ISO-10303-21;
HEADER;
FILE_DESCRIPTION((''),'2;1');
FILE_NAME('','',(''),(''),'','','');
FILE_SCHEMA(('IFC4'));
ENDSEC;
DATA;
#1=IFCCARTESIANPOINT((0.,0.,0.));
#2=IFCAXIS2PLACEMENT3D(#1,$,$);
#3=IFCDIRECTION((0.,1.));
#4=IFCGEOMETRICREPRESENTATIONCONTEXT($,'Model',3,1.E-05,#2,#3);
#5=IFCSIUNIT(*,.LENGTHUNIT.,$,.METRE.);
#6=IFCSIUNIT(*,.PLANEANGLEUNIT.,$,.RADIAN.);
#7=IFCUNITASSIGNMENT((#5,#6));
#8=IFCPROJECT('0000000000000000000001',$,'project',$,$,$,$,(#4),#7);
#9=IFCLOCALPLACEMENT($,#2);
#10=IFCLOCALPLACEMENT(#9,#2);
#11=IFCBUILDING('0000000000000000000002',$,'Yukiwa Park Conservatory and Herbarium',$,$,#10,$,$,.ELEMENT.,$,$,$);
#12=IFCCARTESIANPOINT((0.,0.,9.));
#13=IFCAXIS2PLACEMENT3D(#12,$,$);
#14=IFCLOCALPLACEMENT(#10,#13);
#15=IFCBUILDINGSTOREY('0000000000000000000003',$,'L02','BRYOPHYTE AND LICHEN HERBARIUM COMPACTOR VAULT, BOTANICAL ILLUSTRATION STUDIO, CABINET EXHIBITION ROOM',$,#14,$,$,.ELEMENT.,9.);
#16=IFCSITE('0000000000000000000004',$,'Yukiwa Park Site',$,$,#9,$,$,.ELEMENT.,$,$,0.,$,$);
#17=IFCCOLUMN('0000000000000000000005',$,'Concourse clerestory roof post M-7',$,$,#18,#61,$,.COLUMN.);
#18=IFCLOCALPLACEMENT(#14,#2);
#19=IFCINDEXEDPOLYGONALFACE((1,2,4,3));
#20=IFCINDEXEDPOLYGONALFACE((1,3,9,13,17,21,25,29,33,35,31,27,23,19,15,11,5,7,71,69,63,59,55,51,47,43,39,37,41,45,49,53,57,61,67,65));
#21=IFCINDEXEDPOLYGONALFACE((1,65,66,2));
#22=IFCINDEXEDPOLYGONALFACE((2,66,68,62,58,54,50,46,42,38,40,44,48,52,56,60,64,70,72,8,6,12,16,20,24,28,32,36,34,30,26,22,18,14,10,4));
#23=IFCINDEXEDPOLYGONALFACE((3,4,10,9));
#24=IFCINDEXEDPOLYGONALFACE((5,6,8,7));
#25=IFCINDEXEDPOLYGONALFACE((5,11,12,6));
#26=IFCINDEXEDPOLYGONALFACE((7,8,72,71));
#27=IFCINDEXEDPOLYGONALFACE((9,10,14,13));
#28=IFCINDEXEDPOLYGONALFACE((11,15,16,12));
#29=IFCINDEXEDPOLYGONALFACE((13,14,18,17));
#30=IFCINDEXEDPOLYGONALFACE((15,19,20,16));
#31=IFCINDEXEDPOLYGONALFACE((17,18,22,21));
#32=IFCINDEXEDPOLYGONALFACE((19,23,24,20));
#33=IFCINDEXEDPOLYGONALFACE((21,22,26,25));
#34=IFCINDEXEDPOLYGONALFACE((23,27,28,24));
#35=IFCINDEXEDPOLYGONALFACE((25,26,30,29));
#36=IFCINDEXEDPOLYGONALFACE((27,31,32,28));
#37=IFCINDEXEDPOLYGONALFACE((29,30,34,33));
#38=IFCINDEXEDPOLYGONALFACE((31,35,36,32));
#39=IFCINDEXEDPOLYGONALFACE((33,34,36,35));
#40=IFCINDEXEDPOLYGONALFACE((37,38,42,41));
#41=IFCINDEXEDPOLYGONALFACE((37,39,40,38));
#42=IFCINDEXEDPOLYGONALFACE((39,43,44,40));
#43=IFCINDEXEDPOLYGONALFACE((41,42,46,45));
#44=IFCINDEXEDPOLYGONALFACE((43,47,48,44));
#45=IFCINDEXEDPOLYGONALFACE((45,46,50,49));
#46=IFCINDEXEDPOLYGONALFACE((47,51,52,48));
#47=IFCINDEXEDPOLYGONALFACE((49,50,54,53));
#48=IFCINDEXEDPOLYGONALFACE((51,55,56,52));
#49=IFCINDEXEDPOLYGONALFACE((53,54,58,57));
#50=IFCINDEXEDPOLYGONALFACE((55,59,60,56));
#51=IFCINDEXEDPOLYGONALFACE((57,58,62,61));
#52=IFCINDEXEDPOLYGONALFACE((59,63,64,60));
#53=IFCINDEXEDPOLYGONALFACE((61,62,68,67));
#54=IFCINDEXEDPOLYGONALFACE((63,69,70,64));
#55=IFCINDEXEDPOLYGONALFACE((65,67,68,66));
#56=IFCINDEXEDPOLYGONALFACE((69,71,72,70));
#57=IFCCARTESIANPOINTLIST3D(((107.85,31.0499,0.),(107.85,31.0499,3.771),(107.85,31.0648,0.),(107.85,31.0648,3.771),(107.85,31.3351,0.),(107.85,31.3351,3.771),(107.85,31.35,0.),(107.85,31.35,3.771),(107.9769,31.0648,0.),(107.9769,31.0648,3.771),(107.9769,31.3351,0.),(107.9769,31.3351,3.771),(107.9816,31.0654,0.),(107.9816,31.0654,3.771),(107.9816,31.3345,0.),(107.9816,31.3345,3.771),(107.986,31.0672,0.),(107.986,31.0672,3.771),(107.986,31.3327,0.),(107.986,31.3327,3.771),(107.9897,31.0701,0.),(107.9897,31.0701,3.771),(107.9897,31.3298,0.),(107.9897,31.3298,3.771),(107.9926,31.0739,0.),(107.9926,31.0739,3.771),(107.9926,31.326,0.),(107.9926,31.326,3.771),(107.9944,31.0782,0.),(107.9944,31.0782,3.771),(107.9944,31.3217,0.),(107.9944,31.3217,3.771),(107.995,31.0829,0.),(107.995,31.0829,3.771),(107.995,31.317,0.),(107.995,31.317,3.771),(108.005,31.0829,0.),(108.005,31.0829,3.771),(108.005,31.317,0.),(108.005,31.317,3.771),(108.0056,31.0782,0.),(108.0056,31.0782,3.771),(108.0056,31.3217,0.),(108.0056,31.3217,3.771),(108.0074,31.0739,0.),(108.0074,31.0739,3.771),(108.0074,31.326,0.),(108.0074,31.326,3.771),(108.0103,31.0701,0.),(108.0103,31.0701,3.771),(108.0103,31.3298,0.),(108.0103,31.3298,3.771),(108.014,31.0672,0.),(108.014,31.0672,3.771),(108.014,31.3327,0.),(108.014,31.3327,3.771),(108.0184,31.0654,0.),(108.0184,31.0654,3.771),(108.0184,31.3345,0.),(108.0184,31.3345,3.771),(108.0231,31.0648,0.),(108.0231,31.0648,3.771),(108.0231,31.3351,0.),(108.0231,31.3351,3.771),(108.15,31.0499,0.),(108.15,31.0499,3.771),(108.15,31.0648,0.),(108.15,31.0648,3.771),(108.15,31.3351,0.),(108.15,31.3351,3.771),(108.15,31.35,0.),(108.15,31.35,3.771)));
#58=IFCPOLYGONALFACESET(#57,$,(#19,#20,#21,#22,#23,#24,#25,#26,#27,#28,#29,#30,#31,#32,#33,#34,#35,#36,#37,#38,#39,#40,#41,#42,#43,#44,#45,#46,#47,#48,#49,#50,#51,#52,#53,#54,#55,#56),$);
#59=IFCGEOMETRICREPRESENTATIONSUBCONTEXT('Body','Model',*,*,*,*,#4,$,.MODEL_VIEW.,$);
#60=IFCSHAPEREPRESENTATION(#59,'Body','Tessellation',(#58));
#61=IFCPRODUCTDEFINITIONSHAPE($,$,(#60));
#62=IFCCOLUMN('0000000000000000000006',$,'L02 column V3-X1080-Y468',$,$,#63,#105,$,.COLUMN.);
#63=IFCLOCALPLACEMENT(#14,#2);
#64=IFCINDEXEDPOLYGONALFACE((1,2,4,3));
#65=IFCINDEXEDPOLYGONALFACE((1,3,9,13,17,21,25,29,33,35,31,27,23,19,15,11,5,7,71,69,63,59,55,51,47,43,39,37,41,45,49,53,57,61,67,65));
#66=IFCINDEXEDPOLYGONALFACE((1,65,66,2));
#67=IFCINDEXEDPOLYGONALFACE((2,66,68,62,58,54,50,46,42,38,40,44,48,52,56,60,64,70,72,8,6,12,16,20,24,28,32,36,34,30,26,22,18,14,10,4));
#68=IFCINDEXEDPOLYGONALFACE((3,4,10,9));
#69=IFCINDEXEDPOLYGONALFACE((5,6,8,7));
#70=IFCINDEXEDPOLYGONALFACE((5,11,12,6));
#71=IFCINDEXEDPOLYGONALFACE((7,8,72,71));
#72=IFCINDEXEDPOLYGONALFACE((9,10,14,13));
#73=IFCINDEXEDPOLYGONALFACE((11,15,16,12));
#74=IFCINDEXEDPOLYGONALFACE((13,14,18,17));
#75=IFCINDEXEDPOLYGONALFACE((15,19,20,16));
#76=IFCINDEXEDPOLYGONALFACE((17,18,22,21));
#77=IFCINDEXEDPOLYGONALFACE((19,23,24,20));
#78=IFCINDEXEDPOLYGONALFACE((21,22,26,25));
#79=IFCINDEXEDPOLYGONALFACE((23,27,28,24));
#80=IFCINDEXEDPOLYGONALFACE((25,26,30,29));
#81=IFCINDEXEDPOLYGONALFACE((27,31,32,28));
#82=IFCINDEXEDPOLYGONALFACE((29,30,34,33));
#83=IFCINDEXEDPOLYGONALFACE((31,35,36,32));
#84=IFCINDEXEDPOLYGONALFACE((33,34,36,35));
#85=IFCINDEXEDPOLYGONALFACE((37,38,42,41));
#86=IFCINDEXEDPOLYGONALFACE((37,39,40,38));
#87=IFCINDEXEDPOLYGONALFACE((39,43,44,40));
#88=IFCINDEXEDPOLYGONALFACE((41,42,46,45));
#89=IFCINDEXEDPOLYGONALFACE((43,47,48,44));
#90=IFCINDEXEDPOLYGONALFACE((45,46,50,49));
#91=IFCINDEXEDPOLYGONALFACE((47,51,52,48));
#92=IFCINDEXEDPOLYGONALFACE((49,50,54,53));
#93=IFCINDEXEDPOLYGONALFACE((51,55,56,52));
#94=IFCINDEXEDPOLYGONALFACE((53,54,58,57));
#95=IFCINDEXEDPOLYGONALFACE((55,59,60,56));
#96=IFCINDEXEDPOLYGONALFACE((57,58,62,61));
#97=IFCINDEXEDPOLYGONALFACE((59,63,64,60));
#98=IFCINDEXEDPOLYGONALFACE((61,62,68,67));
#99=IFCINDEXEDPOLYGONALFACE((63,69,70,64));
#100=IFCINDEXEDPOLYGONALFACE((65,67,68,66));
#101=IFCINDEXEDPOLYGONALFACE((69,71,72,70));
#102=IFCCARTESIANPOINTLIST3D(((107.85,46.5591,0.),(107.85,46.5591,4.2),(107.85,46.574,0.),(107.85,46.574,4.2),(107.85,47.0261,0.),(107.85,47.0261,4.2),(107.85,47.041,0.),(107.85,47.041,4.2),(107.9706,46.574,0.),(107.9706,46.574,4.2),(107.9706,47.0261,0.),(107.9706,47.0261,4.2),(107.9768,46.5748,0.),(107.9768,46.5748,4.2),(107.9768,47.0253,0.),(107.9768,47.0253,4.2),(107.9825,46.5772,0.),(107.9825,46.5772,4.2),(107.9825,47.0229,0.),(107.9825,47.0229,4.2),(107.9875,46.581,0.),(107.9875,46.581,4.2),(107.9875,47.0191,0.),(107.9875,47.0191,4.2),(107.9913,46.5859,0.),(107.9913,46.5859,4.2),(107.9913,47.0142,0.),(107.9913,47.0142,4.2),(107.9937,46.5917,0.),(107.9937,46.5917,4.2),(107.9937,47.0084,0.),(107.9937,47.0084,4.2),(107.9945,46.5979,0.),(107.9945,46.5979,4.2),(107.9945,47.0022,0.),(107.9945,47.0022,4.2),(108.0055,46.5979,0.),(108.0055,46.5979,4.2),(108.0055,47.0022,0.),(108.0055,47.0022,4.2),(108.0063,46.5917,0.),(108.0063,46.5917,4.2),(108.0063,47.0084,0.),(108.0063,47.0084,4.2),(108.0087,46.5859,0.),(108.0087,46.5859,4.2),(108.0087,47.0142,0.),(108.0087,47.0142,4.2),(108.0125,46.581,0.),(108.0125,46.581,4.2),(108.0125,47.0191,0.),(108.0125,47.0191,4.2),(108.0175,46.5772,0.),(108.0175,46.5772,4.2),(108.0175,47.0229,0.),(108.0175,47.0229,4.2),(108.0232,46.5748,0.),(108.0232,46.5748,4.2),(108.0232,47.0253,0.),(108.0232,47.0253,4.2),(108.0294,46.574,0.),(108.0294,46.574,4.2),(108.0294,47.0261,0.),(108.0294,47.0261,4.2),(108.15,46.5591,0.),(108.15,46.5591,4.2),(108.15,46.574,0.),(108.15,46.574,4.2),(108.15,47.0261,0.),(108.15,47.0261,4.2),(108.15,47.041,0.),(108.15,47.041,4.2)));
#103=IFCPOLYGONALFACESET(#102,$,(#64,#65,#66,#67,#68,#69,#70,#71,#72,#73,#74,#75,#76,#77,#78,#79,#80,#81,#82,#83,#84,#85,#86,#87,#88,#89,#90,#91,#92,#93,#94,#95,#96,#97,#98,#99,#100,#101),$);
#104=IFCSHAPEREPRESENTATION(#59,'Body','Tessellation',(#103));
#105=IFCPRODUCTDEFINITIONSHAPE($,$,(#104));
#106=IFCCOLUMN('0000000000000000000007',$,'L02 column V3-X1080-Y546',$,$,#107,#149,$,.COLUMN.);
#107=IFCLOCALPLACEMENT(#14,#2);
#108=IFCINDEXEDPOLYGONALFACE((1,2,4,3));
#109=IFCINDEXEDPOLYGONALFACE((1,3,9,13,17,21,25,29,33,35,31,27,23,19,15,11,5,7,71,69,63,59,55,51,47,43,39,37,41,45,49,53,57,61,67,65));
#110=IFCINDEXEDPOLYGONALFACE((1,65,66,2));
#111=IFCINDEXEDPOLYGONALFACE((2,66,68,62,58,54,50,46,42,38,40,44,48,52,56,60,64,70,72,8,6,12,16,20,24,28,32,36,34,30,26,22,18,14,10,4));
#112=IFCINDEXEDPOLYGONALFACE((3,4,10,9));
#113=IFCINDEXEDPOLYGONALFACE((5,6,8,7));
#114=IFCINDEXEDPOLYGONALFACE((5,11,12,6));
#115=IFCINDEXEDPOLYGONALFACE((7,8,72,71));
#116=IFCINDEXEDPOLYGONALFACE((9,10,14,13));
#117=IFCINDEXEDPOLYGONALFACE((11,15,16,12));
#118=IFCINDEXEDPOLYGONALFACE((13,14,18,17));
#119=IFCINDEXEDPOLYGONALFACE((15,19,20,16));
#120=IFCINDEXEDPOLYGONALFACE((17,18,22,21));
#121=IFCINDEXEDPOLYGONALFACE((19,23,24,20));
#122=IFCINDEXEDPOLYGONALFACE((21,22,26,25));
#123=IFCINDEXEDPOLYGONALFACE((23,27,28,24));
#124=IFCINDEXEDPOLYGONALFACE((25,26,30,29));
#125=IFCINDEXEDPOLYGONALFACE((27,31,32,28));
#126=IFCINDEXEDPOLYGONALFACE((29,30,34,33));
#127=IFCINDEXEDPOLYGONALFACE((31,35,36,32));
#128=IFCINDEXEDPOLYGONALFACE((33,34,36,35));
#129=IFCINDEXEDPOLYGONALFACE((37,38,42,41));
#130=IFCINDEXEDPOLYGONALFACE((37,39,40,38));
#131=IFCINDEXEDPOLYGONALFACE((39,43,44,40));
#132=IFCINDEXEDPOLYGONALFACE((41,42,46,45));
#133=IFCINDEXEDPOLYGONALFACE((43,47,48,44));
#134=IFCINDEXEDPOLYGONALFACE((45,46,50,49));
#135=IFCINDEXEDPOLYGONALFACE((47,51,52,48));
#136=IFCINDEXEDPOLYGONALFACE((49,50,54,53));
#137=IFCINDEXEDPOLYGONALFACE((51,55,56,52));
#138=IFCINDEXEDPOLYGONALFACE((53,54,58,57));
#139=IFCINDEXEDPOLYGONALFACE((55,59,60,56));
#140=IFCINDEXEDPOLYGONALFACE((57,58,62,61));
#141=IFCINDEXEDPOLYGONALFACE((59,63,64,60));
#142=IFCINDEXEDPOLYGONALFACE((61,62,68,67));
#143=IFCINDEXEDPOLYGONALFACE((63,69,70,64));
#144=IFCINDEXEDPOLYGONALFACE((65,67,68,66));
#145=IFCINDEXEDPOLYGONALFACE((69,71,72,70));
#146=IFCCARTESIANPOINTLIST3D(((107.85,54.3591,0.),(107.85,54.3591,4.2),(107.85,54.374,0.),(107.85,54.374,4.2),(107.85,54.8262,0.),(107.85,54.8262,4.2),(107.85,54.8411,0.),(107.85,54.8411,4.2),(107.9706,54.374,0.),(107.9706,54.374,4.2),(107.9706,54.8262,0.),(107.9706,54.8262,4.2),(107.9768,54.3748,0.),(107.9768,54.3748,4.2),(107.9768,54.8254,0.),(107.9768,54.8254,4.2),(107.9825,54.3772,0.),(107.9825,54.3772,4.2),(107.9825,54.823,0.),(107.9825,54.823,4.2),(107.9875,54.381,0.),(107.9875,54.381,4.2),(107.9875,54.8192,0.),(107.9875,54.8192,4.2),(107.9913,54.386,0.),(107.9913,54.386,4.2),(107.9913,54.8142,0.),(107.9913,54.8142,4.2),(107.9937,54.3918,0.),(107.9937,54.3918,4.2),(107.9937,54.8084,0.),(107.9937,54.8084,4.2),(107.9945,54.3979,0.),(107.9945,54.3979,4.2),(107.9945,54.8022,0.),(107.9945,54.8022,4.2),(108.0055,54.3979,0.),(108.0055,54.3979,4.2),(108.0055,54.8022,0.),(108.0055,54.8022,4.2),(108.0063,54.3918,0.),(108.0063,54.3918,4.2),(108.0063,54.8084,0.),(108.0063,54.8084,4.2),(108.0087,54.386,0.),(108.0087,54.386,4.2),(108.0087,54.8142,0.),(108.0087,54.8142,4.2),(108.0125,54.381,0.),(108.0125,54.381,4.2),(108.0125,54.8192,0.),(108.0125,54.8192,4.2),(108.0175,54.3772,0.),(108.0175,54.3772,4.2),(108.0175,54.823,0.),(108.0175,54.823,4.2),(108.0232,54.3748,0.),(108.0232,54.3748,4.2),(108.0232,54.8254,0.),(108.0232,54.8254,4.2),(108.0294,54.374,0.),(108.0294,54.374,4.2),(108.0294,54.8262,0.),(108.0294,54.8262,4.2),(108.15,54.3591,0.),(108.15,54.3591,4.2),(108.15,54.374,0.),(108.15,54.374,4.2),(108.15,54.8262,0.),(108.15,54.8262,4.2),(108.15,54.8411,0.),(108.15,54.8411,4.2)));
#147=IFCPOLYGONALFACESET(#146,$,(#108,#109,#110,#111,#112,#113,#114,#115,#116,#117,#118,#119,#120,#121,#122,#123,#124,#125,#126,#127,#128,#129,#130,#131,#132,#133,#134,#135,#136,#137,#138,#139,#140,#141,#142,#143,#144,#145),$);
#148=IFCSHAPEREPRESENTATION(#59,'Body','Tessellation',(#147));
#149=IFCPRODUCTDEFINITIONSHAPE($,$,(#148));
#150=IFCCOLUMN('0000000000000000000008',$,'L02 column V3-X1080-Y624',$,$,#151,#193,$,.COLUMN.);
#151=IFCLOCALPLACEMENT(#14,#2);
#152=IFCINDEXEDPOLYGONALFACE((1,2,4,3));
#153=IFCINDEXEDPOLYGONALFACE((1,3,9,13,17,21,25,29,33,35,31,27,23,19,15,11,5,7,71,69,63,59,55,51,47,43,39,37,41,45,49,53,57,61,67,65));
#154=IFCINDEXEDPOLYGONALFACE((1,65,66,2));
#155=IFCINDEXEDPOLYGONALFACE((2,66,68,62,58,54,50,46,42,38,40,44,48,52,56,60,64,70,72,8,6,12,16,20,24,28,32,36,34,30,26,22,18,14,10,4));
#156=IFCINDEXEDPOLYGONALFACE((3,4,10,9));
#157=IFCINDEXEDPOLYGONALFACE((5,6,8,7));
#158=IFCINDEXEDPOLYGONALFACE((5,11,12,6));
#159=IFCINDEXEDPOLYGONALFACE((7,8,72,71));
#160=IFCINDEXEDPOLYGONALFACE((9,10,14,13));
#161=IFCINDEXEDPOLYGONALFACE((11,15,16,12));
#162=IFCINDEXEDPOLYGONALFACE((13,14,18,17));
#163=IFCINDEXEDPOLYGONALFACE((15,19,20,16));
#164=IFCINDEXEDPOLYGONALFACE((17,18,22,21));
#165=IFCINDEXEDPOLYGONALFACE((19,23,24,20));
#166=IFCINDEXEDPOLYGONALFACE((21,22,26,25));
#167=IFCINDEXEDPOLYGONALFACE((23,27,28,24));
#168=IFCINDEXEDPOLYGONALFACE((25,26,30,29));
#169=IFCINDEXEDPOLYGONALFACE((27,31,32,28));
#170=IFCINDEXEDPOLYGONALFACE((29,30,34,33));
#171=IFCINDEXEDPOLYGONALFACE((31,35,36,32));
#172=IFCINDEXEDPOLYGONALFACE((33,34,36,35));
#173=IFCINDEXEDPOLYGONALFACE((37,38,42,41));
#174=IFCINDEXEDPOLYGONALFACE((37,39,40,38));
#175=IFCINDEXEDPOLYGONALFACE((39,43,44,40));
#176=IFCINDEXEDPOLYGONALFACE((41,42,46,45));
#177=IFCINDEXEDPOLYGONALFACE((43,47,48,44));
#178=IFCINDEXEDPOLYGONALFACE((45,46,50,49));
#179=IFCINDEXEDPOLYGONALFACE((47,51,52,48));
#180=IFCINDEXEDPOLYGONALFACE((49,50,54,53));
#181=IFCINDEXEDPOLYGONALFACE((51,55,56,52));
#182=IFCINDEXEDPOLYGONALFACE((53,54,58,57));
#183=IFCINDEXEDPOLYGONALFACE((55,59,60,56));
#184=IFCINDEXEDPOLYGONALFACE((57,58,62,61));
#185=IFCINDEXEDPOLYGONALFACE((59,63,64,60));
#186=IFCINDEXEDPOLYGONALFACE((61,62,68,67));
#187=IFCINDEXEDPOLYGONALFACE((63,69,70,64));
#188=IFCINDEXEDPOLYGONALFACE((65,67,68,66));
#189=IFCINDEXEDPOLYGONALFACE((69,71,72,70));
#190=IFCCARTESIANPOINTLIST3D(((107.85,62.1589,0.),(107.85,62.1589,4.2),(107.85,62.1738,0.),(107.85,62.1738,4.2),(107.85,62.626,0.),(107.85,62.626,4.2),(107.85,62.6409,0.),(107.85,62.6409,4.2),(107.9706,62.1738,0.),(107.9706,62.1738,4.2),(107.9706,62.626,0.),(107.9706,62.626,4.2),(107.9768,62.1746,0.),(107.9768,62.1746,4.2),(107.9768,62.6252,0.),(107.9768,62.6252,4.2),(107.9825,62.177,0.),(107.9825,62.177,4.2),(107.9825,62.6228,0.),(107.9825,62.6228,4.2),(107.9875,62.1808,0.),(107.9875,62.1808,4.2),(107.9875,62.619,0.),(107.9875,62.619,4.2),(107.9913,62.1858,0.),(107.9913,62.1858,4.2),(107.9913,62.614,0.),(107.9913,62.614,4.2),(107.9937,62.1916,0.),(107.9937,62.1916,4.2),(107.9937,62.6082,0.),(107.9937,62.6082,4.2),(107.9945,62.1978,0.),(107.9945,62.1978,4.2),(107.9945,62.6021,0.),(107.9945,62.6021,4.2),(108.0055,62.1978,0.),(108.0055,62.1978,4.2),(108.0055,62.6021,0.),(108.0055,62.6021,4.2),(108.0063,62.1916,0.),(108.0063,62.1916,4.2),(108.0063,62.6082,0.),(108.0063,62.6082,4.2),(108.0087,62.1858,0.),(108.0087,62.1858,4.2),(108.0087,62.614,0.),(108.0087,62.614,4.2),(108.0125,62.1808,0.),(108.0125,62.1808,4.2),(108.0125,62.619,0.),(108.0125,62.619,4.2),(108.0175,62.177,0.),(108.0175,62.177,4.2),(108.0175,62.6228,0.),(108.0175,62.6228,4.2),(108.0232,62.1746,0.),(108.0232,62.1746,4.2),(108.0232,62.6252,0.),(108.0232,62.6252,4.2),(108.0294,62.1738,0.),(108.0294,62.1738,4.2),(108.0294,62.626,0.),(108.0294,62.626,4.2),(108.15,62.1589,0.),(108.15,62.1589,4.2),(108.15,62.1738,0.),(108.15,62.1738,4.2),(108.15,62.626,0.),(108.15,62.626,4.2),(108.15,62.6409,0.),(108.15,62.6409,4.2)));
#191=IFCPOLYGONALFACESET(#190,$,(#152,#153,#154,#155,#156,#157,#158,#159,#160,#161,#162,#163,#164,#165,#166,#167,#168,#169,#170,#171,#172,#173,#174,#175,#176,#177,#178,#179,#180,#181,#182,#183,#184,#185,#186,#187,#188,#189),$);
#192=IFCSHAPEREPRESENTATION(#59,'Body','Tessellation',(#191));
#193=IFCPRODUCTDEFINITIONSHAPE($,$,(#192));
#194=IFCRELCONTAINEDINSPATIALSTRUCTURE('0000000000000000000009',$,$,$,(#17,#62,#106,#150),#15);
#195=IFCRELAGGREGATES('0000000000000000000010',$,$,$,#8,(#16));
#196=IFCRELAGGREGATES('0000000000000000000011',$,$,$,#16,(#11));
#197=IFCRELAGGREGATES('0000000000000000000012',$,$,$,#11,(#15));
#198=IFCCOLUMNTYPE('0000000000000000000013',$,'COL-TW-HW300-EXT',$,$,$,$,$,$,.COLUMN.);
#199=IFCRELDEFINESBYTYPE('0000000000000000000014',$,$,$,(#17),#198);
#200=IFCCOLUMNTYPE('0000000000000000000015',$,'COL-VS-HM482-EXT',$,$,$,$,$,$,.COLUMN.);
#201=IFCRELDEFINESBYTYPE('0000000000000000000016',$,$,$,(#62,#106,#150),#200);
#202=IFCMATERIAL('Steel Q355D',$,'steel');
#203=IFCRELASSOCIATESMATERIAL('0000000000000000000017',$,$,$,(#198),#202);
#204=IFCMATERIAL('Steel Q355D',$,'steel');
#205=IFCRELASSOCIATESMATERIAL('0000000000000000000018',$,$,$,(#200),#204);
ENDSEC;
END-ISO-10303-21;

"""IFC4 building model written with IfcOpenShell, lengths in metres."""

from ifc_helpers import new_model, si_unit, direction, frame, origin, origin_2d, place, context, subcontext, project, spatial, i_section, extrude, material, material_profile, profile_set, type_object, element, save


model = new_model("IFC4")

# Units and contexts
model_context = context("Model", 3, precision=1e-05, world=origin(), true_north=direction((0.0, 1.0)))
body_context = subcontext(model_context, "Body", "Model", "MODEL_VIEW")
ifc_project = project(units=[si_unit("LENGTHUNIT", "METRE"), si_unit("PLANEANGLEUNIT", "RADIAN")], contexts=[model_context])

# Site, building, storey
site_placement = place(None, origin())
site = spatial("IfcSite", under=ifc_project, at=site_placement, Name="Yukiwa Park Site", CompositionType="ELEMENT", RefElevation=0.0)
building_placement = place(site_placement, origin())
building = spatial("IfcBuilding", under=site, at=building_placement, Name="Yukiwa Park Conservatory and Herbarium", CompositionType="ELEMENT")
storey_placement = place(building_placement, frame((0.0, 0.0, 9.0)))
storey = spatial("IfcBuildingStorey", under=building, at=storey_placement, Name="L02", Description="BRYOPHYTE AND LICHEN HERBARIUM COMPACTOR VAULT, BOTANICAL ILLUSTRATION STUDIO, CABINET EXHIBITION ROOM", CompositionType="ELEMENT", Elevation=9.0)

# Columns
ifc_material_1 = material(Name="Steel Q355D", Category="steel")
ifc_material_profile_1 = material_profile(ifc_material_1, i_section(OverallWidth=0.3, OverallDepth=0.3, WebThickness=0.01, FlangeThickness=0.0149, FilletRadius=0.0181, at=origin_2d()), Name="HW 300x300x10x15")
ifc_profile_set_1 = profile_set([ifc_material_profile_1], Name="Steel Q355D")
column_type_1 = type_object("IfcColumnType", Name="COL-TW-HW300-EXT", PredefinedType="COLUMN", material=ifc_profile_set_1)
column_placement = place(storey_placement, frame((108.0, 31.2, 0.0), z_axis=(0.0, 0.0, 1.0), x_axis=(1.0, 0.0, 0.0)))
element("IfcColumn", 1, at=column_placement, inside=storey, type_object=column_type_1, Name="Concourse clerestory roof post M-7", PredefinedType="COLUMN", context=body_context, shape_type="SweptSolid", body=[
    extrude(i_section(OverallWidth=0.3, OverallDepth=0.3, WebThickness=0.01, FlangeThickness=0.0149, FilletRadius=0.0181, at=origin_2d()), origin(), (0.0, 0.0, 1.0), 3.771),
])
ifc_material_2 = material(Name="Steel Q355D", Category="steel")
ifc_material_profile_2 = material_profile(ifc_material_2, i_section(OverallWidth=0.3, OverallDepth=0.4819, WebThickness=0.011, FlangeThickness=0.0149, FilletRadius=0.0239, at=origin_2d()), Name="HM 482x300x11x15")
ifc_profile_set_2 = profile_set([ifc_material_profile_2], Name="Steel Q355D")
column_type_2 = type_object("IfcColumnType", Name="COL-VS-HM482-EXT", PredefinedType="COLUMN", material=ifc_profile_set_2)
for number, where, z_axis, x_axis, name in (
    (2, (108.0, 46.8, 0.0), (0.0, 0.0, 1.0), (1.0, 0.0, 0.0), "L02 column V3-X1080-Y468"),
    (3, (108.0, 54.6001, 0.0), (0.0, 0.0, 1.0), (1.0, 0.0, 0.0), "L02 column V3-X1080-Y546"),
    (4, (108.0, 62.3999, 0.0), (0.0, 0.0, 1.0), (1.0, 0.0, 0.0), "L02 column V3-X1080-Y624"),
):
    element("IfcColumn", number, at=place(storey_placement, frame(where, z_axis=z_axis, x_axis=x_axis)), inside=storey, type_object=column_type_2, Name=name, PredefinedType="COLUMN", context=body_context, shape_type="SweptSolid", body=[
        extrude(i_section(OverallWidth=0.3, OverallDepth=0.4819, WebThickness=0.011, FlangeThickness=0.0149, FilletRadius=0.0239, at=origin_2d()), origin(), (0.0, 0.0, 1.0), 4.2),
    ])

save(model, "model.ifc")
